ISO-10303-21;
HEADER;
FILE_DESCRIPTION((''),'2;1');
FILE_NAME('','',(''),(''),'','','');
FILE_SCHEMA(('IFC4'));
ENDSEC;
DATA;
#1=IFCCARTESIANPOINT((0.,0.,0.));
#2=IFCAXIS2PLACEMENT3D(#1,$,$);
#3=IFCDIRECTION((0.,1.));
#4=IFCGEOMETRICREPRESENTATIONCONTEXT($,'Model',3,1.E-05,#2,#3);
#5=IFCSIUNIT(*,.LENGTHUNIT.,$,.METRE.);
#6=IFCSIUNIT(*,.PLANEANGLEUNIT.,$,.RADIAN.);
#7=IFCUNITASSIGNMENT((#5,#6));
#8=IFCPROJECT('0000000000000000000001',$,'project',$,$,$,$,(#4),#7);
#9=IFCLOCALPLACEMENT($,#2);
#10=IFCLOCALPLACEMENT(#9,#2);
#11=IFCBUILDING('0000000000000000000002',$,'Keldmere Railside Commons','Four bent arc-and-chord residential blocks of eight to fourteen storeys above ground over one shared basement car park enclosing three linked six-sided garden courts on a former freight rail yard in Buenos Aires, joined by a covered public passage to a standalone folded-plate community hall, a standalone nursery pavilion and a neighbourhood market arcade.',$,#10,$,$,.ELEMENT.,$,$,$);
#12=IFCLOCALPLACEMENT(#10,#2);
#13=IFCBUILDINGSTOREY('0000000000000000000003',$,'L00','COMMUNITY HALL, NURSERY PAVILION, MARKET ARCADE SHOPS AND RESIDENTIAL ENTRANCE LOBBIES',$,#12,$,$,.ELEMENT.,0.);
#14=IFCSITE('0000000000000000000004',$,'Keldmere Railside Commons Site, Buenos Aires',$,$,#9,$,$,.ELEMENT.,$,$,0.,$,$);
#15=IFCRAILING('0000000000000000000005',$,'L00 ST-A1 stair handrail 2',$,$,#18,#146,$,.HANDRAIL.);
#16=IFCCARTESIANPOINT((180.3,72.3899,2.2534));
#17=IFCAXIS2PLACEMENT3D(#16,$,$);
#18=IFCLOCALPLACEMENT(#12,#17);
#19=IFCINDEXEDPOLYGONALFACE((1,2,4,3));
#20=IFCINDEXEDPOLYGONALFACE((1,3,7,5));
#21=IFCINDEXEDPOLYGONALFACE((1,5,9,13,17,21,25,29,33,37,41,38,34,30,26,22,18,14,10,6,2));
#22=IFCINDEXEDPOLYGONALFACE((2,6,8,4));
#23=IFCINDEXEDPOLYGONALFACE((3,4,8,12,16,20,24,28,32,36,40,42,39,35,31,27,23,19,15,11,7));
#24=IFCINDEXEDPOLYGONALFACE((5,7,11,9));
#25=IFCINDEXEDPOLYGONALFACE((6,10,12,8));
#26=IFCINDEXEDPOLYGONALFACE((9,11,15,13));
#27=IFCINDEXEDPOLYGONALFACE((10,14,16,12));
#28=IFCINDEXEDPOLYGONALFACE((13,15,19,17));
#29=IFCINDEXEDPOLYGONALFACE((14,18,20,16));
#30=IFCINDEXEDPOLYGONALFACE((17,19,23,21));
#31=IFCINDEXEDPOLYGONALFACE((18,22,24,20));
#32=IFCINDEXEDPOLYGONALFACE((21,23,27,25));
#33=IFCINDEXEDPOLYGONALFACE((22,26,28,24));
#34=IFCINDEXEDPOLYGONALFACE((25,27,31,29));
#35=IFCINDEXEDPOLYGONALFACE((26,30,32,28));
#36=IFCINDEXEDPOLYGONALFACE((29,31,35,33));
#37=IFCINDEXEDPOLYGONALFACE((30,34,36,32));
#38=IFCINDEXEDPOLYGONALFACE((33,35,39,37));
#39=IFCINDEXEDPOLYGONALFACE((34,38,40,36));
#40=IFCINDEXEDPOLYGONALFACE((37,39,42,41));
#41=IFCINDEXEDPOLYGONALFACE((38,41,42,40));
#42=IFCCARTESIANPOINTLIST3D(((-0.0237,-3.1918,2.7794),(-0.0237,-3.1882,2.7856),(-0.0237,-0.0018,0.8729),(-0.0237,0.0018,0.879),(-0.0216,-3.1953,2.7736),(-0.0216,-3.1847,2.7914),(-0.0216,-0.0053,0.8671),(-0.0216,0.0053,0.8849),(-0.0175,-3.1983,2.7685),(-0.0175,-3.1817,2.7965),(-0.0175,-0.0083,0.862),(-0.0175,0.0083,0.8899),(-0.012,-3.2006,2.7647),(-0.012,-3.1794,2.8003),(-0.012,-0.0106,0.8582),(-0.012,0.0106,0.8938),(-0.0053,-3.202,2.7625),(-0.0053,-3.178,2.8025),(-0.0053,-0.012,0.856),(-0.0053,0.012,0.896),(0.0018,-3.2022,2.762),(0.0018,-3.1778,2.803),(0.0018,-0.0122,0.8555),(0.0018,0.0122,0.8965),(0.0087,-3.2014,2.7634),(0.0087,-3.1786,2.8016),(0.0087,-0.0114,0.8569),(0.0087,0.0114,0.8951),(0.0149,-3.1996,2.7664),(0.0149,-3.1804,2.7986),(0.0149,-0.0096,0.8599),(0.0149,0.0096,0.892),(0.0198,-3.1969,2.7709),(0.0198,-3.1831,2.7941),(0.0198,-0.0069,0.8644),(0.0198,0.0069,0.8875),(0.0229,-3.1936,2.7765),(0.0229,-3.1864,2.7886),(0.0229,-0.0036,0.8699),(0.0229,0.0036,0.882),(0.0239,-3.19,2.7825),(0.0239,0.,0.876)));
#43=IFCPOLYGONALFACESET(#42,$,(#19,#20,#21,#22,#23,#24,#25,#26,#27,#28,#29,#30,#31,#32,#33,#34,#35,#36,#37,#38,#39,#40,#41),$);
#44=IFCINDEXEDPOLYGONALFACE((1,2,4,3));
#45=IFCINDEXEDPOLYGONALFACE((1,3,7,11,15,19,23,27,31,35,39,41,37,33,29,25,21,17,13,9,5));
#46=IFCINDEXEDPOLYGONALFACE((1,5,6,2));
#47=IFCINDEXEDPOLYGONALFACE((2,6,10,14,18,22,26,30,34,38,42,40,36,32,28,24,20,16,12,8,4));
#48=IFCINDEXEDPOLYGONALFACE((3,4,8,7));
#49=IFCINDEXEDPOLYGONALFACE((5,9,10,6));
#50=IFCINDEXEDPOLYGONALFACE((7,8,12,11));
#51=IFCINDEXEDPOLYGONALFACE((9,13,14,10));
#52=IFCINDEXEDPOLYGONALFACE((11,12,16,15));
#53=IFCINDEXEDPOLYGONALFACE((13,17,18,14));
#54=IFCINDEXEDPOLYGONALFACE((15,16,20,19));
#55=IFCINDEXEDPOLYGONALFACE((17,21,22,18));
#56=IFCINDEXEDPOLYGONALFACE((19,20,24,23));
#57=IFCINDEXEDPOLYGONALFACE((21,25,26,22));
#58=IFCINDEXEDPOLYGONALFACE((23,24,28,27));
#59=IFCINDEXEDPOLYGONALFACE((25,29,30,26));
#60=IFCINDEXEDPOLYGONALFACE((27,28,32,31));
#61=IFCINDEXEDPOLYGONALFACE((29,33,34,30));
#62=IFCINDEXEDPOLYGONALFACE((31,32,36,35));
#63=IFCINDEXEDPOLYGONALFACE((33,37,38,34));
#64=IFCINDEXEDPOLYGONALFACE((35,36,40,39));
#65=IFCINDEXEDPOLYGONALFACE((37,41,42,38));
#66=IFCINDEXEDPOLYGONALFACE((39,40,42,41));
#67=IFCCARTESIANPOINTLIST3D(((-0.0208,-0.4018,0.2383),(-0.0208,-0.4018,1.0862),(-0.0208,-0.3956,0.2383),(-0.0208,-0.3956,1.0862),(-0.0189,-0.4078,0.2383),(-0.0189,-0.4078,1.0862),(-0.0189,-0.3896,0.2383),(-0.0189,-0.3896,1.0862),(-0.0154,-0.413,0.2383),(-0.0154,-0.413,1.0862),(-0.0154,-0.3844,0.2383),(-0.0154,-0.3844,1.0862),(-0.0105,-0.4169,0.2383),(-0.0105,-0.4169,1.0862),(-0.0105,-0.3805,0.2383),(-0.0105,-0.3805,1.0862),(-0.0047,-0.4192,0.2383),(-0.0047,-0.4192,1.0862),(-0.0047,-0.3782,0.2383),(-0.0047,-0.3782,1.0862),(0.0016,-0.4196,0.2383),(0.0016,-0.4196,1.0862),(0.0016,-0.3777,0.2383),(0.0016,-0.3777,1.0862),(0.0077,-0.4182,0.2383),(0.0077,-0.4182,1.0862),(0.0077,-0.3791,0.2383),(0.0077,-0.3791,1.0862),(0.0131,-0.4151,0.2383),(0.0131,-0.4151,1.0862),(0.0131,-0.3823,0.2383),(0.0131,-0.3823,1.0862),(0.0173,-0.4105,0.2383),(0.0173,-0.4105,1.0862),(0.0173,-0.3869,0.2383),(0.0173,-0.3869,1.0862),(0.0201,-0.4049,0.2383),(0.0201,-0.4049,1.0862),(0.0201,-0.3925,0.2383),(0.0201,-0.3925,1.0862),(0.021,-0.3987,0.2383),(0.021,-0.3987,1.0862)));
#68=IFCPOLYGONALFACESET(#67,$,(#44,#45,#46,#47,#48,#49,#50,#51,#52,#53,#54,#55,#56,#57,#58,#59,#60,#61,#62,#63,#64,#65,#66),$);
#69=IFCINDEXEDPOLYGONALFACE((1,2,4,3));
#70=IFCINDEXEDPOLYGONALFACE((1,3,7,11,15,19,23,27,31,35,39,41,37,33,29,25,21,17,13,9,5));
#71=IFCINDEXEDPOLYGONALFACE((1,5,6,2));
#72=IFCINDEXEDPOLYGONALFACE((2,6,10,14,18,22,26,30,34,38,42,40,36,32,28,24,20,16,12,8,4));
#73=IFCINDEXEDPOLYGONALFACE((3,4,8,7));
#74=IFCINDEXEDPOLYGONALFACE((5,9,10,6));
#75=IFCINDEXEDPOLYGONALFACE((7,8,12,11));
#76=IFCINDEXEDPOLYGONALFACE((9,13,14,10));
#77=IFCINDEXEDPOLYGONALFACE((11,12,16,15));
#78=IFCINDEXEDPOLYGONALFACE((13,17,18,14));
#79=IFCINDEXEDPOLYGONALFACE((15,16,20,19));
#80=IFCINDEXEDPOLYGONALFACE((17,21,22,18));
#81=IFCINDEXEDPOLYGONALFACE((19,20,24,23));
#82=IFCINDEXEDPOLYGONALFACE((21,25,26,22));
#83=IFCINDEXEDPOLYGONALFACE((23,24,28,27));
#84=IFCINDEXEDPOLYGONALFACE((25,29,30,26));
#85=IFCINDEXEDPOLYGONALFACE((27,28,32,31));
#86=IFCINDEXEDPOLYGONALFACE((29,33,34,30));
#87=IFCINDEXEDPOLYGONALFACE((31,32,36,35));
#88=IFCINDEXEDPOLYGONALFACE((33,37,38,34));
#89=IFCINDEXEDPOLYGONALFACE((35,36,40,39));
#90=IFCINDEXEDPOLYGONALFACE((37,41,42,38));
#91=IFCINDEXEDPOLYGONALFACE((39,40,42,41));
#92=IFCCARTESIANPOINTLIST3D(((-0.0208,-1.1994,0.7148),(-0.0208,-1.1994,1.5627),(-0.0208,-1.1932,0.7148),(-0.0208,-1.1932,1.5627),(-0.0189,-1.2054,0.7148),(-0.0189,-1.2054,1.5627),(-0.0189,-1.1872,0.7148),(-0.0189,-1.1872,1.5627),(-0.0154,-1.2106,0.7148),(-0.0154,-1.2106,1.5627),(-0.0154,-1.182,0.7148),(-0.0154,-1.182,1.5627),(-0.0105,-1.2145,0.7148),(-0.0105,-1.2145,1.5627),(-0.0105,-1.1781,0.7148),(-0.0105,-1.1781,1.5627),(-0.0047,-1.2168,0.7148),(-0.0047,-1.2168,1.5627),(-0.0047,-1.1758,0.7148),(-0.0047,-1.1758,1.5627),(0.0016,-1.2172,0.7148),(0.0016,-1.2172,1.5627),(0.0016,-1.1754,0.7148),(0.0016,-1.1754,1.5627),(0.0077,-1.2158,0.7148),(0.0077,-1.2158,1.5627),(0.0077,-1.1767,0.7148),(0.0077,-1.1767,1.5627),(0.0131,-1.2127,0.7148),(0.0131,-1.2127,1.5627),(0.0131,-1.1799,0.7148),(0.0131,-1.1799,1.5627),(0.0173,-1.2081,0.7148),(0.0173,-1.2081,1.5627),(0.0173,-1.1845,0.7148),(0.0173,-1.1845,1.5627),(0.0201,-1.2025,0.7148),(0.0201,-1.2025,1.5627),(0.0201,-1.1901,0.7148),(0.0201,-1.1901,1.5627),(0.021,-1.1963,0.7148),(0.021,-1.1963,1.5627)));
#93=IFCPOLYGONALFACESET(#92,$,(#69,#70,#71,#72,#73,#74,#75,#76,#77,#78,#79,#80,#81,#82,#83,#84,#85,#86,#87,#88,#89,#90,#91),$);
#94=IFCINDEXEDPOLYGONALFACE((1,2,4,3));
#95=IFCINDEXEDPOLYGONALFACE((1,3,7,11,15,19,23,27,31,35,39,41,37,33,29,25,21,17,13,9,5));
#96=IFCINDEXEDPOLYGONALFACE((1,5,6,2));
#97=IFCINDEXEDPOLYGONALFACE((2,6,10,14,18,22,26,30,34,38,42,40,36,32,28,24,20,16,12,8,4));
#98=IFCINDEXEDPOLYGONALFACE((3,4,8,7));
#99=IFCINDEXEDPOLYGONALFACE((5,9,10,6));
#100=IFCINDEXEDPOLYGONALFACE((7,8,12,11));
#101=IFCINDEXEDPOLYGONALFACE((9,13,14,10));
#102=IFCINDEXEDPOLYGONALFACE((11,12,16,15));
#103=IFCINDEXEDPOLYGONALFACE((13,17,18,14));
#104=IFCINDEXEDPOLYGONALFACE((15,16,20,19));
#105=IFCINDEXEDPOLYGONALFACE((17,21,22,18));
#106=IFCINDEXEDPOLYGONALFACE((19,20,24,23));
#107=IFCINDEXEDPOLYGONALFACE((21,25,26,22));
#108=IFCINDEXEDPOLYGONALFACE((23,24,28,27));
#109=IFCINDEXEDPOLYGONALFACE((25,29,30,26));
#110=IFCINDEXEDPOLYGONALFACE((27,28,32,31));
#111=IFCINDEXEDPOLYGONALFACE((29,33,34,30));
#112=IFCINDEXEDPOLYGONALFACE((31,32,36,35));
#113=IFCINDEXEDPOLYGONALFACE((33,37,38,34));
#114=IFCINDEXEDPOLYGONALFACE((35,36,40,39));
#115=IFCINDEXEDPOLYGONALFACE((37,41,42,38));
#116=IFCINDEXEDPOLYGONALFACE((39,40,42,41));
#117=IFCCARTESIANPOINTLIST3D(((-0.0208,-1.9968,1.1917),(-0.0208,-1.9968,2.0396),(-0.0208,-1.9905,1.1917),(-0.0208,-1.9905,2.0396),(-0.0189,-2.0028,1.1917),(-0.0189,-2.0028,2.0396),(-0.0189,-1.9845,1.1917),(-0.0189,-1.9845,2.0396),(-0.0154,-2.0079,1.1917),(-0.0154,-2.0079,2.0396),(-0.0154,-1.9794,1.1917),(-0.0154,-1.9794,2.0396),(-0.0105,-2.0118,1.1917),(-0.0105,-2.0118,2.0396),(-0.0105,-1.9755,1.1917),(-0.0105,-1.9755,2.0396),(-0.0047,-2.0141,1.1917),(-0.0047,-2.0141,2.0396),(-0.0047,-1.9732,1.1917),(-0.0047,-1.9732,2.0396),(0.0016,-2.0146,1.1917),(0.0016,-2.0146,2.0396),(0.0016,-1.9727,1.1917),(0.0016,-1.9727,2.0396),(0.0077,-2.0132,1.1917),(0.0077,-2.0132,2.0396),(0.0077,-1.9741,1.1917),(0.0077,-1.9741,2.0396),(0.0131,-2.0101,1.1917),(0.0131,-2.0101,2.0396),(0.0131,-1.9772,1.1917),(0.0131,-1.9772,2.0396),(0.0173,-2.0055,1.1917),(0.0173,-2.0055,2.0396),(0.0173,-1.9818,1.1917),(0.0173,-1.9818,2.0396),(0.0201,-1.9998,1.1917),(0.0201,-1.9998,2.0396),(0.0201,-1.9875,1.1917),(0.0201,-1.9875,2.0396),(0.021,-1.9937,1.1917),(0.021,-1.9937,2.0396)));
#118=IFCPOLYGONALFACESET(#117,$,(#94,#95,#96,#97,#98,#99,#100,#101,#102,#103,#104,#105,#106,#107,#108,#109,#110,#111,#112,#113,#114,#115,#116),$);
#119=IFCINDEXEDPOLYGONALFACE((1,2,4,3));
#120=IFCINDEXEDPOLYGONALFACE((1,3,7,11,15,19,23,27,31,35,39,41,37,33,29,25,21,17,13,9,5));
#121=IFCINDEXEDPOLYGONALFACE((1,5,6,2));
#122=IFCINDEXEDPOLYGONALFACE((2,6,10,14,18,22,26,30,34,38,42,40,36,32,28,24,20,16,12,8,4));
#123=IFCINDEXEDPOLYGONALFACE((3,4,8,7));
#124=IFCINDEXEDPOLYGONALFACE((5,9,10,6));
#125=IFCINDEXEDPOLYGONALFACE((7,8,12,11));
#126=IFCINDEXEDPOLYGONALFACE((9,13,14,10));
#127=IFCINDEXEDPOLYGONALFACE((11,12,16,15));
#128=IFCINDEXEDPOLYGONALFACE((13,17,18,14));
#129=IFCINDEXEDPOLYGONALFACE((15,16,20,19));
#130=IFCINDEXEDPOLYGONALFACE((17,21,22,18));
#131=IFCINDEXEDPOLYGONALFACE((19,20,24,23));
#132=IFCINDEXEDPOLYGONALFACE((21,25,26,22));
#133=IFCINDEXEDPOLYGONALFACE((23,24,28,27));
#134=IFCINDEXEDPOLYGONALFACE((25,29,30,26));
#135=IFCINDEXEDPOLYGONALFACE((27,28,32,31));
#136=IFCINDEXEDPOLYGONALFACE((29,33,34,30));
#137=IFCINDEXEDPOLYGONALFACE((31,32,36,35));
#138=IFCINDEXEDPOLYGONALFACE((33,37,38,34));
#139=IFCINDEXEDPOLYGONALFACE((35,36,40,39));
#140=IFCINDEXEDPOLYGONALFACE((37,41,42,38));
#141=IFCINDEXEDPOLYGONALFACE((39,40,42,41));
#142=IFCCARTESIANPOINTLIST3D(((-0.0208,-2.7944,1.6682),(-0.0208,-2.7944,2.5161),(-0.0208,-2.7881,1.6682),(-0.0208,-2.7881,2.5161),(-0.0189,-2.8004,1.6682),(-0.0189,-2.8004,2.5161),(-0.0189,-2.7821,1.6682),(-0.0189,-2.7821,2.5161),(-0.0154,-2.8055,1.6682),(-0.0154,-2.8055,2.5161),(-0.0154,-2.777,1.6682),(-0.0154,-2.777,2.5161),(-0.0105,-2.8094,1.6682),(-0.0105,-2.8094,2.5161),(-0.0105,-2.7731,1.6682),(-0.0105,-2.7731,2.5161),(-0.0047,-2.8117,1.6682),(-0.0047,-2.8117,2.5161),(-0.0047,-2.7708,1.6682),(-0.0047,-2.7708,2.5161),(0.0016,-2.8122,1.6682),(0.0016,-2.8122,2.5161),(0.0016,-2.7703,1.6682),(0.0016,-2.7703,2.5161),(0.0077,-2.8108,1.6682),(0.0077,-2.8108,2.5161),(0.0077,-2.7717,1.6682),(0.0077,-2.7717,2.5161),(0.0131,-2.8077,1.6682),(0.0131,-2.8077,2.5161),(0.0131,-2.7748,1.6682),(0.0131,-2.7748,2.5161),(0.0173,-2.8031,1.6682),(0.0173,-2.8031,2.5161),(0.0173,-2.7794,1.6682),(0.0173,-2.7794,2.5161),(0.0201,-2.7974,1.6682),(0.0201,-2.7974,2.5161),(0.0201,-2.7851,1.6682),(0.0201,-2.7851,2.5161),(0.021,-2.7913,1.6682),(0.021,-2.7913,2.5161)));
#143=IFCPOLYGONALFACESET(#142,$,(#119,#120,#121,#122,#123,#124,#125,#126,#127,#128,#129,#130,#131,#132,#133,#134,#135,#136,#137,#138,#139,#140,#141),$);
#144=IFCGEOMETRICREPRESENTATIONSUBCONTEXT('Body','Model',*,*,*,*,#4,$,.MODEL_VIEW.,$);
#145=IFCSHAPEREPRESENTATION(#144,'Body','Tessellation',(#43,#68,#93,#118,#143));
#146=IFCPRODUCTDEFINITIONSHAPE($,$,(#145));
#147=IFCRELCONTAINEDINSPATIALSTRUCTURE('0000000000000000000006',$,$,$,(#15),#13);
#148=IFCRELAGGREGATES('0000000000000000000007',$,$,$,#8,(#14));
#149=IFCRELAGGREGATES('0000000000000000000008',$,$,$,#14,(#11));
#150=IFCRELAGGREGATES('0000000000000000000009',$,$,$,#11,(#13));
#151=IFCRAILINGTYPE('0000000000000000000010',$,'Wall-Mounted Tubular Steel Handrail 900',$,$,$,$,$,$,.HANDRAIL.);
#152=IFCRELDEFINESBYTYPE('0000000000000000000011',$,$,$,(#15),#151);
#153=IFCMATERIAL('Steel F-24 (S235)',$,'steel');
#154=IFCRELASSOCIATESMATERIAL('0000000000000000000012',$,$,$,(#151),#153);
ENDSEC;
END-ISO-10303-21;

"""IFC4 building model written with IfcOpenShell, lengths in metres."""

from ifc_helpers import new_model, si_unit, direction, frame, origin, origin_2d, place, context, subcontext, project, spatial, circle, extrude, material, type_object, element, save


model = new_model("IFC4")

# Units and contexts
model_context = context("Model", 3, precision=1e-05, world=origin(), true_north=direction((0.0, 1.0)))
body_context = subcontext(model_context, "Body", "Model", "MODEL_VIEW")
ifc_project = project(units=[si_unit("LENGTHUNIT", "METRE"), si_unit("PLANEANGLEUNIT", "RADIAN")], contexts=[model_context])

# Site, building, storey
site_placement = place(None, origin())
site = spatial("IfcSite", under=ifc_project, at=site_placement, Name="Keldmere Railside Commons Site, Buenos Aires", CompositionType="ELEMENT", RefElevation=0.0)
building_placement = place(site_placement, origin())
building = spatial("IfcBuilding", under=site, at=building_placement, Name="Keldmere Railside Commons", Description="Four bent arc-and-chord residential blocks of eight to fourteen storeys above ground over one shared basement car park enclosing three linked six-sided garden courts on a former freight rail yard in Buenos Aires, joined by a covered public passage to a standalone folded-plate community hall, a standalone nursery pavilion and a neighbourhood market arcade.", CompositionType="ELEMENT")
storey_placement = place(building_placement, origin())
storey = spatial("IfcBuildingStorey", under=building, at=storey_placement, Name="L00", Description="COMMUNITY HALL, NURSERY PAVILION, MARKET ARCADE SHOPS AND RESIDENTIAL ENTRANCE LOBBIES", CompositionType="ELEMENT", Elevation=0.0)

# Shared definitions
ifc_material_1 = material(Name="Steel F-24 (S235)", Category="steel")

# Railing
railing_type_1 = type_object("IfcRailingType", Name="Wall-Mounted Tubular Steel Handrail 900", PredefinedType="HANDRAIL", material=ifc_material_1)
railing_1_placement = place(storey_placement, frame((180.3, 72.3899, 2.2534)))
element("IfcRailing", 1, at=railing_1_placement, inside=storey, type_object=railing_type_1, Name="L00 ST-A1 stair handrail 2", PredefinedType="HANDRAIL", context=body_context, shape_type="SweptSolid", body=[
    extrude(circle(Radius=0.0239, at=origin_2d()), frame((0.0, 0.0, 0.876), z_axis=(0.0, -0.858379, 0.513017), x_axis=(1.0, 0.0, 0.0)), (0.0, 0.0, 1.0), 3.7163),
    extrude(circle(Radius=0.021, at=origin_2d()), frame((0.0, -0.3987, 0.2383)), (0.0, 0.0, 1.0), 0.8479),
    extrude(circle(Radius=0.021, at=origin_2d()), frame((0.0, -1.1963, 0.7148)), (0.0, 0.0, 1.0), 0.8479),
    extrude(circle(Radius=0.021, at=origin_2d()), frame((0.0, -1.9937, 1.1917)), (0.0, 0.0, 1.0), 0.8479),
    extrude(circle(Radius=0.021, at=origin_2d()), frame((0.0, -2.7913, 1.6682)), (0.0, 0.0, 1.0), 0.8479),
])

save(model, "model.ifc")
